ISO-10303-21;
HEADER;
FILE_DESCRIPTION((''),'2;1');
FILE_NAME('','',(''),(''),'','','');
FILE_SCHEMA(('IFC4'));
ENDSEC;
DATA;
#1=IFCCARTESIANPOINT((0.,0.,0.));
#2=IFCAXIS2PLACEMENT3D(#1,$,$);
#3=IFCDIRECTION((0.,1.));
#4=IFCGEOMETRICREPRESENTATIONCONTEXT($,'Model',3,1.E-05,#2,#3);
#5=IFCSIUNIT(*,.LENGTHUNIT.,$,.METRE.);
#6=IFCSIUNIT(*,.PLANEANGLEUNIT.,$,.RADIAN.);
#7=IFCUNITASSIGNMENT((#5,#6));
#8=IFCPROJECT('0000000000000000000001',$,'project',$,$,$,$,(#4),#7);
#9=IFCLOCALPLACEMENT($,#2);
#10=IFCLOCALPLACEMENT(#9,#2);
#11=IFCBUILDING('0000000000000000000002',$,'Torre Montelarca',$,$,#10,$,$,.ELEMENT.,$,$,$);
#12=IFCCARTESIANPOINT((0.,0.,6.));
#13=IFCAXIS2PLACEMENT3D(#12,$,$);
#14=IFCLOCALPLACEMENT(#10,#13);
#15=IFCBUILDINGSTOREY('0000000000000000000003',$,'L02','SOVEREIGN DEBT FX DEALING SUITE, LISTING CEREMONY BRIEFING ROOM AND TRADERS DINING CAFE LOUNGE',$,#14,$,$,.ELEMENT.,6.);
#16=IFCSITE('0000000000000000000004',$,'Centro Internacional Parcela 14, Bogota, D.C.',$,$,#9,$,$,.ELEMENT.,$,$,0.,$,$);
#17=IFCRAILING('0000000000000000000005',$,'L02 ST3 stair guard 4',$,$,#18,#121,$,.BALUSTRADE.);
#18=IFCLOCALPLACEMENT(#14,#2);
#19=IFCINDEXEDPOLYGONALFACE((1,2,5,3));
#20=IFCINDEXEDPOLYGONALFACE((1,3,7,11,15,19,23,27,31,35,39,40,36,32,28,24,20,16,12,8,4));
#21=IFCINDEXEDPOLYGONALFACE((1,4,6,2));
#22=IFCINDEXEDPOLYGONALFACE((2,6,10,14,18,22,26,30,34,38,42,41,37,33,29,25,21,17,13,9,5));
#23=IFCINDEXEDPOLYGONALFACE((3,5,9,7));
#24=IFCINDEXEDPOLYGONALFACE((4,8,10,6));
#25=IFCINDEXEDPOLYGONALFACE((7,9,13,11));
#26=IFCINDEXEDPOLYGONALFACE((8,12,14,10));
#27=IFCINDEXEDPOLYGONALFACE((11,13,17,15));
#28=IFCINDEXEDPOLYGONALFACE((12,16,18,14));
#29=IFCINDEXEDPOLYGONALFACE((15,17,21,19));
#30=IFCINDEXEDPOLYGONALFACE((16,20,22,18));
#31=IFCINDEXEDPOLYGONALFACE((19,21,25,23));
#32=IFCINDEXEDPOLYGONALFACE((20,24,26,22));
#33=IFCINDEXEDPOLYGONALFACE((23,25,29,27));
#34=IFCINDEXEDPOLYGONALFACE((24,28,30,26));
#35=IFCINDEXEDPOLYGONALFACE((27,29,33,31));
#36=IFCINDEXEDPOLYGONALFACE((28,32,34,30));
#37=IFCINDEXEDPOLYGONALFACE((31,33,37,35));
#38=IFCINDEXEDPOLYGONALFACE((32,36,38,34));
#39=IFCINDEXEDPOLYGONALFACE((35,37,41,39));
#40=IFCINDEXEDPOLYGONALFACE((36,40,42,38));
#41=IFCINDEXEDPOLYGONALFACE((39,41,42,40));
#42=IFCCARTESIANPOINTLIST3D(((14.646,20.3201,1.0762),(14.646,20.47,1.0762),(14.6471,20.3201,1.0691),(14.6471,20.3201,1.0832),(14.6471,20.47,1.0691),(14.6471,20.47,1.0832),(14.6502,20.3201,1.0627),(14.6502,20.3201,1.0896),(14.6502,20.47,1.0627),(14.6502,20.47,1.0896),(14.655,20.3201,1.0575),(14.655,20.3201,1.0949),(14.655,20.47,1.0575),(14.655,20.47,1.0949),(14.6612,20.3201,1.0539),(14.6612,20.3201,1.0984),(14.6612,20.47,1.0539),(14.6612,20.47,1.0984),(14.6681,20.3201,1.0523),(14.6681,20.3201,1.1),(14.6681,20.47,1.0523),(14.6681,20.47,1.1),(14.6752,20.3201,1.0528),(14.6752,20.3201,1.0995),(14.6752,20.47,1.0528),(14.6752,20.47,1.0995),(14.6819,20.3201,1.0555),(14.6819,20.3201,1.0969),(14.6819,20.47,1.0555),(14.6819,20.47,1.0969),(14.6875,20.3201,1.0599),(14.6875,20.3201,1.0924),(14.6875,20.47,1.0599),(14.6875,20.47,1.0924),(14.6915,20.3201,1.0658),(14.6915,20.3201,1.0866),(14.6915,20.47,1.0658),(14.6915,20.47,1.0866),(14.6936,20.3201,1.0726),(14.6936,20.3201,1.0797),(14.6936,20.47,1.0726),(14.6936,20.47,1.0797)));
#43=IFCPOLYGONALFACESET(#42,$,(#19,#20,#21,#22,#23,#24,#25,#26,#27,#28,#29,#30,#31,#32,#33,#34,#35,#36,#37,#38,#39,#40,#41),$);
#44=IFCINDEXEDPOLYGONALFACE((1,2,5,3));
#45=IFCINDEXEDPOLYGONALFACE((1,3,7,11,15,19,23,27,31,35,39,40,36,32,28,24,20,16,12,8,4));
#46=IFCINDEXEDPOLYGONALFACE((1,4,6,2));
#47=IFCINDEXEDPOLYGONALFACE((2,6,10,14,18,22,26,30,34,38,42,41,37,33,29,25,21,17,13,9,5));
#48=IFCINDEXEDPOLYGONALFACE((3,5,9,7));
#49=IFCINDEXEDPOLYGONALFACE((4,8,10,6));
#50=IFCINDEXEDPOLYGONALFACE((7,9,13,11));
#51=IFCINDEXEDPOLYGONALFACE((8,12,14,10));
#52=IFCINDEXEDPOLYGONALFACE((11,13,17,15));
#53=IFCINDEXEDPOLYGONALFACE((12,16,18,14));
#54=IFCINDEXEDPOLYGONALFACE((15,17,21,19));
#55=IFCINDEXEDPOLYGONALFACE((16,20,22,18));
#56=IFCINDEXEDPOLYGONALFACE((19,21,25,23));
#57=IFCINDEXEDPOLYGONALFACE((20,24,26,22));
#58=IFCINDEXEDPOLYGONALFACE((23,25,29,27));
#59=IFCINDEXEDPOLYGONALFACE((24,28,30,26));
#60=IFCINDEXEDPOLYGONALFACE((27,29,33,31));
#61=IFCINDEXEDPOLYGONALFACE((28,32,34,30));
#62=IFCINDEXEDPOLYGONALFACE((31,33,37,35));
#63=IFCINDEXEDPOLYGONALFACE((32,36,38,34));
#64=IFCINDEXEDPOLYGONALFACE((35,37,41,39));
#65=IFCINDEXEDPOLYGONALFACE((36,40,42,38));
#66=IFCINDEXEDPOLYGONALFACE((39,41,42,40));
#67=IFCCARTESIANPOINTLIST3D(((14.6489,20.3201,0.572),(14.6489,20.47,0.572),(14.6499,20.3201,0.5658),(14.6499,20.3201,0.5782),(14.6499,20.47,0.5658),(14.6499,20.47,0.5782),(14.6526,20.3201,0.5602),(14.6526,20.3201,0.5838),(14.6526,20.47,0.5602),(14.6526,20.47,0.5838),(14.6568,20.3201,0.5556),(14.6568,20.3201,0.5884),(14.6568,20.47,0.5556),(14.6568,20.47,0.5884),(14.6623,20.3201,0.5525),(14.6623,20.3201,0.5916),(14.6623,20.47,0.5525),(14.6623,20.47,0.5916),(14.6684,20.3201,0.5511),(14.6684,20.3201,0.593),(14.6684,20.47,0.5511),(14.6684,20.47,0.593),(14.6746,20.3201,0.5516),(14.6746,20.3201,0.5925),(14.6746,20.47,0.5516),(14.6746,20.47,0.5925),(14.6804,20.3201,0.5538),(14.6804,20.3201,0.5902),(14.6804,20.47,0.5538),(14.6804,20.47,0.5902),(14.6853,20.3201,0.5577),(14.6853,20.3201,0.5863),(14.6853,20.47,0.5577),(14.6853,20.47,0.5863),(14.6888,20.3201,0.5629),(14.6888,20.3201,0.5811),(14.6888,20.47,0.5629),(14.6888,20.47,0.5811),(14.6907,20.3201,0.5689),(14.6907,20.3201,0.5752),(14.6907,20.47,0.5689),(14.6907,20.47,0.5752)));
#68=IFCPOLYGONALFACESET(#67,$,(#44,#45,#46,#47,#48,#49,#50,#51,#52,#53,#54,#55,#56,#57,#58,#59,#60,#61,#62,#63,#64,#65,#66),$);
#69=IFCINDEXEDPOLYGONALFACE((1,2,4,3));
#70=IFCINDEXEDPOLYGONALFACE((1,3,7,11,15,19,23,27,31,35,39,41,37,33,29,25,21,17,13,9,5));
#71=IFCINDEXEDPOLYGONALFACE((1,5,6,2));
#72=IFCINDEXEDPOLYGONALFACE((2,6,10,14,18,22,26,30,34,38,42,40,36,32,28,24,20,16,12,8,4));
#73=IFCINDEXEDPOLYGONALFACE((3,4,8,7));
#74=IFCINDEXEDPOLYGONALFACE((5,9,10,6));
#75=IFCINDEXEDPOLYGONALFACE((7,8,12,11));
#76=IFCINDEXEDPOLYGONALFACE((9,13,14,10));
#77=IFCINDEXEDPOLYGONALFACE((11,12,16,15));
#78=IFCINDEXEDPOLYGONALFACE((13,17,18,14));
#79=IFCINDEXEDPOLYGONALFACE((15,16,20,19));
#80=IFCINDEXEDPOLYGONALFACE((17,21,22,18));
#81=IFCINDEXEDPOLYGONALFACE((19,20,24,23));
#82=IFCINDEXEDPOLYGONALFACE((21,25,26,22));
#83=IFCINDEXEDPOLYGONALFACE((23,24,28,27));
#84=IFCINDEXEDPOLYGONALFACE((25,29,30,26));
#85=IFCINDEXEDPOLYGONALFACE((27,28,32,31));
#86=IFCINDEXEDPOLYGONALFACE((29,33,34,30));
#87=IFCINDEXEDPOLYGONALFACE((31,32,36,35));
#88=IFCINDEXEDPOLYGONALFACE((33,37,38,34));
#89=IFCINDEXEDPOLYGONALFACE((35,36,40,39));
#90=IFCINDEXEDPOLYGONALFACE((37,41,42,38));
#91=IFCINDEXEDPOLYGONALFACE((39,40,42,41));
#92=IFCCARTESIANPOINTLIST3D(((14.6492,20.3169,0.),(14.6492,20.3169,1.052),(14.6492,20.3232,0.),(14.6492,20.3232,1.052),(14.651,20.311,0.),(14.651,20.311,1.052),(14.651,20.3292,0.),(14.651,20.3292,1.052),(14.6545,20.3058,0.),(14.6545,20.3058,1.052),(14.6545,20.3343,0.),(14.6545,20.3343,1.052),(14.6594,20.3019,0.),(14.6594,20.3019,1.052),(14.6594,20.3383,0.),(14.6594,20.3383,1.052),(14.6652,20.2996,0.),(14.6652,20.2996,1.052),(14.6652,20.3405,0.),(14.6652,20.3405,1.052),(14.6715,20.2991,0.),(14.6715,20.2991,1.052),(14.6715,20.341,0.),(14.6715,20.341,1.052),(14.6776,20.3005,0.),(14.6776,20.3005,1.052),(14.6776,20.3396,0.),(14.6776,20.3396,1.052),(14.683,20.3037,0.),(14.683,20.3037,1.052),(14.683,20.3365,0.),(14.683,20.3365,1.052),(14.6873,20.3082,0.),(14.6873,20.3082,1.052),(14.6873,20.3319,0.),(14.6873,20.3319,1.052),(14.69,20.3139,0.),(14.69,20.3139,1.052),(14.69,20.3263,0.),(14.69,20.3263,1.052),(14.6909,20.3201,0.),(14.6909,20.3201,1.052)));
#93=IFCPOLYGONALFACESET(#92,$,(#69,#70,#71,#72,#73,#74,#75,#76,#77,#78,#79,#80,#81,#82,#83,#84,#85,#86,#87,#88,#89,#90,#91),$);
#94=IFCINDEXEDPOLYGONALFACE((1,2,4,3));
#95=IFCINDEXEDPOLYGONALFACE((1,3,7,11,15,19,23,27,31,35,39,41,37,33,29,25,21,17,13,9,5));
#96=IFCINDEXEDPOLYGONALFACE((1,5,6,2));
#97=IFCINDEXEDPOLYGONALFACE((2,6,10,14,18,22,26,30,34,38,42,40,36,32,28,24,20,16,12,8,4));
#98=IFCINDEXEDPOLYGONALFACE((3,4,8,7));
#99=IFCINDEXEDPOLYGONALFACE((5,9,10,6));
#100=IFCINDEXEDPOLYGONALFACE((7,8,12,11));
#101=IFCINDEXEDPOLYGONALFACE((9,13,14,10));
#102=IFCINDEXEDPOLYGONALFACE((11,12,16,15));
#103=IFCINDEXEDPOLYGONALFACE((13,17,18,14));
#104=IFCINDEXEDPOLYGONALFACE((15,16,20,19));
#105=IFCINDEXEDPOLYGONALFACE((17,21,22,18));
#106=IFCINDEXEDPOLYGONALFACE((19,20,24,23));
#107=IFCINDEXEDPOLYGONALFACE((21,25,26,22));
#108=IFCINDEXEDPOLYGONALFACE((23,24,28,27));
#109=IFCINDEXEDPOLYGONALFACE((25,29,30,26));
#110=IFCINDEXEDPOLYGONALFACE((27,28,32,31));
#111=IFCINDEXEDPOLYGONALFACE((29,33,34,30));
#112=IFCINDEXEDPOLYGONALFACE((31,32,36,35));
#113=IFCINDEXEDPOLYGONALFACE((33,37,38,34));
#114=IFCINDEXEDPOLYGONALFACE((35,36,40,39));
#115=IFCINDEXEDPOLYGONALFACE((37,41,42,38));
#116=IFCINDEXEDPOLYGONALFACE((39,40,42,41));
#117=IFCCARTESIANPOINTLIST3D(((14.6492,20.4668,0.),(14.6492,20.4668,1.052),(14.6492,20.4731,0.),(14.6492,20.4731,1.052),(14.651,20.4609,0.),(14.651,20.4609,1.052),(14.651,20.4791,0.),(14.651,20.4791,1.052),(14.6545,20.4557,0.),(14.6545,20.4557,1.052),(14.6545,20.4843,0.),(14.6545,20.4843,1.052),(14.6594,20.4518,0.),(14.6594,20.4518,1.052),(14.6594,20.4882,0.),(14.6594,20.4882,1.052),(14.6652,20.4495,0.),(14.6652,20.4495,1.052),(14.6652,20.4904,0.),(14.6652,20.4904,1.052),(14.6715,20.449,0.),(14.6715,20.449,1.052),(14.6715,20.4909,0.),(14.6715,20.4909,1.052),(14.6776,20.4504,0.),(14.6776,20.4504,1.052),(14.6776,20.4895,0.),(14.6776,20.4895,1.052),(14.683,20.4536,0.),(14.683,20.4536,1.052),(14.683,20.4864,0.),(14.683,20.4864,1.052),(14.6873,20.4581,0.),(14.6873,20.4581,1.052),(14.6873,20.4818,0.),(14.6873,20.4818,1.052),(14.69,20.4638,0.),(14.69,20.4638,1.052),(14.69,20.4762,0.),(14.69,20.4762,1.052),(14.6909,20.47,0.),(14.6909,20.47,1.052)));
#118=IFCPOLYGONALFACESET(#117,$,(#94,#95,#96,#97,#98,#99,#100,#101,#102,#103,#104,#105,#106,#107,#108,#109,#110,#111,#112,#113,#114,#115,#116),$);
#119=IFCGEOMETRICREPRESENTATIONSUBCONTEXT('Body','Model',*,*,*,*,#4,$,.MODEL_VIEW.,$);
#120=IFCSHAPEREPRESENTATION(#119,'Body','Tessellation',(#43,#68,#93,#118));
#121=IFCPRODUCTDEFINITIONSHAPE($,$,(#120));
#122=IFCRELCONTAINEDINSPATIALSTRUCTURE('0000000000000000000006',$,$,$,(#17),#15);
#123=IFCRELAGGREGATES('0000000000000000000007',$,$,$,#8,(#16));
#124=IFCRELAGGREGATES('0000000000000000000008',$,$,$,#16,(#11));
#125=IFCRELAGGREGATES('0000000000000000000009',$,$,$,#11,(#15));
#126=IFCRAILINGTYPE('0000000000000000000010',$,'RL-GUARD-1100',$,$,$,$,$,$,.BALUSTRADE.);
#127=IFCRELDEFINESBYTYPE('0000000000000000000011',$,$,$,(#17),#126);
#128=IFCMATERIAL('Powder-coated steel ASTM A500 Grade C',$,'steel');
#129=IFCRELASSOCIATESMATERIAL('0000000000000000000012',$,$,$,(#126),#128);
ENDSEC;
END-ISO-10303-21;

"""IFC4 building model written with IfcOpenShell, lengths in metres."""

from ifc_helpers import new_model, si_unit, direction, frame, origin, origin_2d, place, context, subcontext, project, spatial, circle, extrude, material, type_object, element, save


model = new_model("IFC4")

# Units and contexts
model_context = context("Model", 3, precision=1e-05, world=origin(), true_north=direction((0.0, 1.0)))
body_context = subcontext(model_context, "Body", "Model", "MODEL_VIEW")
ifc_project = project(units=[si_unit("LENGTHUNIT", "METRE"), si_unit("PLANEANGLEUNIT", "RADIAN")], contexts=[model_context])

# Site, building, storey
site_placement = place(None, origin())
site = spatial("IfcSite", under=ifc_project, at=site_placement, Name="Centro Internacional Parcela 14, Bogota, D.C.", CompositionType="ELEMENT", RefElevation=0.0)
building_placement = place(site_placement, origin())
building = spatial("IfcBuilding", under=site, at=building_placement, Name="Torre Montelarca", CompositionType="ELEMENT")
storey_placement = place(building_placement, frame((0.0, 0.0, 6.0)))
storey = spatial("IfcBuildingStorey", under=building, at=storey_placement, Name="L02", Description="SOVEREIGN DEBT FX DEALING SUITE, LISTING CEREMONY BRIEFING ROOM AND TRADERS DINING CAFE LOUNGE", CompositionType="ELEMENT", Elevation=6.0)

# Railing
ifc_material_1 = material(Name="Powder-coated steel ASTM A500 Grade C", Category="steel")
railing_type_1 = type_object("IfcRailingType", Name="RL-GUARD-1100", PredefinedType="BALUSTRADE", material=ifc_material_1)
railing_1_placement = place(storey_placement, frame((14.6699, 20.3201, 0.0)))
element("IfcRailing", 1, at=railing_1_placement, inside=storey, type_object=railing_type_1, Name="L02 ST3 stair guard 4", PredefinedType="BALUSTRADE", context=body_context, shape_type="SweptSolid", body=[
    extrude(circle(Radius=0.0239, at=origin_2d()), frame((0.0, 0.0, 1.0762), z_axis=(0.0, 1.0, 0.0), x_axis=(-1.0, 0.0, 0.0)), (0.0, 0.0, 1.0), 0.1499),
    extrude(circle(Radius=0.021, at=origin_2d()), frame((0.0, 0.0, 0.572), z_axis=(0.0, 1.0, 0.0), x_axis=(-1.0, 0.0, 0.0)), (0.0, 0.0, 1.0), 0.1499),
    extrude(circle(Radius=0.021, at=origin_2d()), origin(), (0.0, 0.0, 1.0), 1.052),
    extrude(circle(Radius=0.021, at=origin_2d()), frame((0.0, 0.1499, 0.0)), (0.0, 0.0, 1.0), 1.052),
])

save(model, "model.ifc")
